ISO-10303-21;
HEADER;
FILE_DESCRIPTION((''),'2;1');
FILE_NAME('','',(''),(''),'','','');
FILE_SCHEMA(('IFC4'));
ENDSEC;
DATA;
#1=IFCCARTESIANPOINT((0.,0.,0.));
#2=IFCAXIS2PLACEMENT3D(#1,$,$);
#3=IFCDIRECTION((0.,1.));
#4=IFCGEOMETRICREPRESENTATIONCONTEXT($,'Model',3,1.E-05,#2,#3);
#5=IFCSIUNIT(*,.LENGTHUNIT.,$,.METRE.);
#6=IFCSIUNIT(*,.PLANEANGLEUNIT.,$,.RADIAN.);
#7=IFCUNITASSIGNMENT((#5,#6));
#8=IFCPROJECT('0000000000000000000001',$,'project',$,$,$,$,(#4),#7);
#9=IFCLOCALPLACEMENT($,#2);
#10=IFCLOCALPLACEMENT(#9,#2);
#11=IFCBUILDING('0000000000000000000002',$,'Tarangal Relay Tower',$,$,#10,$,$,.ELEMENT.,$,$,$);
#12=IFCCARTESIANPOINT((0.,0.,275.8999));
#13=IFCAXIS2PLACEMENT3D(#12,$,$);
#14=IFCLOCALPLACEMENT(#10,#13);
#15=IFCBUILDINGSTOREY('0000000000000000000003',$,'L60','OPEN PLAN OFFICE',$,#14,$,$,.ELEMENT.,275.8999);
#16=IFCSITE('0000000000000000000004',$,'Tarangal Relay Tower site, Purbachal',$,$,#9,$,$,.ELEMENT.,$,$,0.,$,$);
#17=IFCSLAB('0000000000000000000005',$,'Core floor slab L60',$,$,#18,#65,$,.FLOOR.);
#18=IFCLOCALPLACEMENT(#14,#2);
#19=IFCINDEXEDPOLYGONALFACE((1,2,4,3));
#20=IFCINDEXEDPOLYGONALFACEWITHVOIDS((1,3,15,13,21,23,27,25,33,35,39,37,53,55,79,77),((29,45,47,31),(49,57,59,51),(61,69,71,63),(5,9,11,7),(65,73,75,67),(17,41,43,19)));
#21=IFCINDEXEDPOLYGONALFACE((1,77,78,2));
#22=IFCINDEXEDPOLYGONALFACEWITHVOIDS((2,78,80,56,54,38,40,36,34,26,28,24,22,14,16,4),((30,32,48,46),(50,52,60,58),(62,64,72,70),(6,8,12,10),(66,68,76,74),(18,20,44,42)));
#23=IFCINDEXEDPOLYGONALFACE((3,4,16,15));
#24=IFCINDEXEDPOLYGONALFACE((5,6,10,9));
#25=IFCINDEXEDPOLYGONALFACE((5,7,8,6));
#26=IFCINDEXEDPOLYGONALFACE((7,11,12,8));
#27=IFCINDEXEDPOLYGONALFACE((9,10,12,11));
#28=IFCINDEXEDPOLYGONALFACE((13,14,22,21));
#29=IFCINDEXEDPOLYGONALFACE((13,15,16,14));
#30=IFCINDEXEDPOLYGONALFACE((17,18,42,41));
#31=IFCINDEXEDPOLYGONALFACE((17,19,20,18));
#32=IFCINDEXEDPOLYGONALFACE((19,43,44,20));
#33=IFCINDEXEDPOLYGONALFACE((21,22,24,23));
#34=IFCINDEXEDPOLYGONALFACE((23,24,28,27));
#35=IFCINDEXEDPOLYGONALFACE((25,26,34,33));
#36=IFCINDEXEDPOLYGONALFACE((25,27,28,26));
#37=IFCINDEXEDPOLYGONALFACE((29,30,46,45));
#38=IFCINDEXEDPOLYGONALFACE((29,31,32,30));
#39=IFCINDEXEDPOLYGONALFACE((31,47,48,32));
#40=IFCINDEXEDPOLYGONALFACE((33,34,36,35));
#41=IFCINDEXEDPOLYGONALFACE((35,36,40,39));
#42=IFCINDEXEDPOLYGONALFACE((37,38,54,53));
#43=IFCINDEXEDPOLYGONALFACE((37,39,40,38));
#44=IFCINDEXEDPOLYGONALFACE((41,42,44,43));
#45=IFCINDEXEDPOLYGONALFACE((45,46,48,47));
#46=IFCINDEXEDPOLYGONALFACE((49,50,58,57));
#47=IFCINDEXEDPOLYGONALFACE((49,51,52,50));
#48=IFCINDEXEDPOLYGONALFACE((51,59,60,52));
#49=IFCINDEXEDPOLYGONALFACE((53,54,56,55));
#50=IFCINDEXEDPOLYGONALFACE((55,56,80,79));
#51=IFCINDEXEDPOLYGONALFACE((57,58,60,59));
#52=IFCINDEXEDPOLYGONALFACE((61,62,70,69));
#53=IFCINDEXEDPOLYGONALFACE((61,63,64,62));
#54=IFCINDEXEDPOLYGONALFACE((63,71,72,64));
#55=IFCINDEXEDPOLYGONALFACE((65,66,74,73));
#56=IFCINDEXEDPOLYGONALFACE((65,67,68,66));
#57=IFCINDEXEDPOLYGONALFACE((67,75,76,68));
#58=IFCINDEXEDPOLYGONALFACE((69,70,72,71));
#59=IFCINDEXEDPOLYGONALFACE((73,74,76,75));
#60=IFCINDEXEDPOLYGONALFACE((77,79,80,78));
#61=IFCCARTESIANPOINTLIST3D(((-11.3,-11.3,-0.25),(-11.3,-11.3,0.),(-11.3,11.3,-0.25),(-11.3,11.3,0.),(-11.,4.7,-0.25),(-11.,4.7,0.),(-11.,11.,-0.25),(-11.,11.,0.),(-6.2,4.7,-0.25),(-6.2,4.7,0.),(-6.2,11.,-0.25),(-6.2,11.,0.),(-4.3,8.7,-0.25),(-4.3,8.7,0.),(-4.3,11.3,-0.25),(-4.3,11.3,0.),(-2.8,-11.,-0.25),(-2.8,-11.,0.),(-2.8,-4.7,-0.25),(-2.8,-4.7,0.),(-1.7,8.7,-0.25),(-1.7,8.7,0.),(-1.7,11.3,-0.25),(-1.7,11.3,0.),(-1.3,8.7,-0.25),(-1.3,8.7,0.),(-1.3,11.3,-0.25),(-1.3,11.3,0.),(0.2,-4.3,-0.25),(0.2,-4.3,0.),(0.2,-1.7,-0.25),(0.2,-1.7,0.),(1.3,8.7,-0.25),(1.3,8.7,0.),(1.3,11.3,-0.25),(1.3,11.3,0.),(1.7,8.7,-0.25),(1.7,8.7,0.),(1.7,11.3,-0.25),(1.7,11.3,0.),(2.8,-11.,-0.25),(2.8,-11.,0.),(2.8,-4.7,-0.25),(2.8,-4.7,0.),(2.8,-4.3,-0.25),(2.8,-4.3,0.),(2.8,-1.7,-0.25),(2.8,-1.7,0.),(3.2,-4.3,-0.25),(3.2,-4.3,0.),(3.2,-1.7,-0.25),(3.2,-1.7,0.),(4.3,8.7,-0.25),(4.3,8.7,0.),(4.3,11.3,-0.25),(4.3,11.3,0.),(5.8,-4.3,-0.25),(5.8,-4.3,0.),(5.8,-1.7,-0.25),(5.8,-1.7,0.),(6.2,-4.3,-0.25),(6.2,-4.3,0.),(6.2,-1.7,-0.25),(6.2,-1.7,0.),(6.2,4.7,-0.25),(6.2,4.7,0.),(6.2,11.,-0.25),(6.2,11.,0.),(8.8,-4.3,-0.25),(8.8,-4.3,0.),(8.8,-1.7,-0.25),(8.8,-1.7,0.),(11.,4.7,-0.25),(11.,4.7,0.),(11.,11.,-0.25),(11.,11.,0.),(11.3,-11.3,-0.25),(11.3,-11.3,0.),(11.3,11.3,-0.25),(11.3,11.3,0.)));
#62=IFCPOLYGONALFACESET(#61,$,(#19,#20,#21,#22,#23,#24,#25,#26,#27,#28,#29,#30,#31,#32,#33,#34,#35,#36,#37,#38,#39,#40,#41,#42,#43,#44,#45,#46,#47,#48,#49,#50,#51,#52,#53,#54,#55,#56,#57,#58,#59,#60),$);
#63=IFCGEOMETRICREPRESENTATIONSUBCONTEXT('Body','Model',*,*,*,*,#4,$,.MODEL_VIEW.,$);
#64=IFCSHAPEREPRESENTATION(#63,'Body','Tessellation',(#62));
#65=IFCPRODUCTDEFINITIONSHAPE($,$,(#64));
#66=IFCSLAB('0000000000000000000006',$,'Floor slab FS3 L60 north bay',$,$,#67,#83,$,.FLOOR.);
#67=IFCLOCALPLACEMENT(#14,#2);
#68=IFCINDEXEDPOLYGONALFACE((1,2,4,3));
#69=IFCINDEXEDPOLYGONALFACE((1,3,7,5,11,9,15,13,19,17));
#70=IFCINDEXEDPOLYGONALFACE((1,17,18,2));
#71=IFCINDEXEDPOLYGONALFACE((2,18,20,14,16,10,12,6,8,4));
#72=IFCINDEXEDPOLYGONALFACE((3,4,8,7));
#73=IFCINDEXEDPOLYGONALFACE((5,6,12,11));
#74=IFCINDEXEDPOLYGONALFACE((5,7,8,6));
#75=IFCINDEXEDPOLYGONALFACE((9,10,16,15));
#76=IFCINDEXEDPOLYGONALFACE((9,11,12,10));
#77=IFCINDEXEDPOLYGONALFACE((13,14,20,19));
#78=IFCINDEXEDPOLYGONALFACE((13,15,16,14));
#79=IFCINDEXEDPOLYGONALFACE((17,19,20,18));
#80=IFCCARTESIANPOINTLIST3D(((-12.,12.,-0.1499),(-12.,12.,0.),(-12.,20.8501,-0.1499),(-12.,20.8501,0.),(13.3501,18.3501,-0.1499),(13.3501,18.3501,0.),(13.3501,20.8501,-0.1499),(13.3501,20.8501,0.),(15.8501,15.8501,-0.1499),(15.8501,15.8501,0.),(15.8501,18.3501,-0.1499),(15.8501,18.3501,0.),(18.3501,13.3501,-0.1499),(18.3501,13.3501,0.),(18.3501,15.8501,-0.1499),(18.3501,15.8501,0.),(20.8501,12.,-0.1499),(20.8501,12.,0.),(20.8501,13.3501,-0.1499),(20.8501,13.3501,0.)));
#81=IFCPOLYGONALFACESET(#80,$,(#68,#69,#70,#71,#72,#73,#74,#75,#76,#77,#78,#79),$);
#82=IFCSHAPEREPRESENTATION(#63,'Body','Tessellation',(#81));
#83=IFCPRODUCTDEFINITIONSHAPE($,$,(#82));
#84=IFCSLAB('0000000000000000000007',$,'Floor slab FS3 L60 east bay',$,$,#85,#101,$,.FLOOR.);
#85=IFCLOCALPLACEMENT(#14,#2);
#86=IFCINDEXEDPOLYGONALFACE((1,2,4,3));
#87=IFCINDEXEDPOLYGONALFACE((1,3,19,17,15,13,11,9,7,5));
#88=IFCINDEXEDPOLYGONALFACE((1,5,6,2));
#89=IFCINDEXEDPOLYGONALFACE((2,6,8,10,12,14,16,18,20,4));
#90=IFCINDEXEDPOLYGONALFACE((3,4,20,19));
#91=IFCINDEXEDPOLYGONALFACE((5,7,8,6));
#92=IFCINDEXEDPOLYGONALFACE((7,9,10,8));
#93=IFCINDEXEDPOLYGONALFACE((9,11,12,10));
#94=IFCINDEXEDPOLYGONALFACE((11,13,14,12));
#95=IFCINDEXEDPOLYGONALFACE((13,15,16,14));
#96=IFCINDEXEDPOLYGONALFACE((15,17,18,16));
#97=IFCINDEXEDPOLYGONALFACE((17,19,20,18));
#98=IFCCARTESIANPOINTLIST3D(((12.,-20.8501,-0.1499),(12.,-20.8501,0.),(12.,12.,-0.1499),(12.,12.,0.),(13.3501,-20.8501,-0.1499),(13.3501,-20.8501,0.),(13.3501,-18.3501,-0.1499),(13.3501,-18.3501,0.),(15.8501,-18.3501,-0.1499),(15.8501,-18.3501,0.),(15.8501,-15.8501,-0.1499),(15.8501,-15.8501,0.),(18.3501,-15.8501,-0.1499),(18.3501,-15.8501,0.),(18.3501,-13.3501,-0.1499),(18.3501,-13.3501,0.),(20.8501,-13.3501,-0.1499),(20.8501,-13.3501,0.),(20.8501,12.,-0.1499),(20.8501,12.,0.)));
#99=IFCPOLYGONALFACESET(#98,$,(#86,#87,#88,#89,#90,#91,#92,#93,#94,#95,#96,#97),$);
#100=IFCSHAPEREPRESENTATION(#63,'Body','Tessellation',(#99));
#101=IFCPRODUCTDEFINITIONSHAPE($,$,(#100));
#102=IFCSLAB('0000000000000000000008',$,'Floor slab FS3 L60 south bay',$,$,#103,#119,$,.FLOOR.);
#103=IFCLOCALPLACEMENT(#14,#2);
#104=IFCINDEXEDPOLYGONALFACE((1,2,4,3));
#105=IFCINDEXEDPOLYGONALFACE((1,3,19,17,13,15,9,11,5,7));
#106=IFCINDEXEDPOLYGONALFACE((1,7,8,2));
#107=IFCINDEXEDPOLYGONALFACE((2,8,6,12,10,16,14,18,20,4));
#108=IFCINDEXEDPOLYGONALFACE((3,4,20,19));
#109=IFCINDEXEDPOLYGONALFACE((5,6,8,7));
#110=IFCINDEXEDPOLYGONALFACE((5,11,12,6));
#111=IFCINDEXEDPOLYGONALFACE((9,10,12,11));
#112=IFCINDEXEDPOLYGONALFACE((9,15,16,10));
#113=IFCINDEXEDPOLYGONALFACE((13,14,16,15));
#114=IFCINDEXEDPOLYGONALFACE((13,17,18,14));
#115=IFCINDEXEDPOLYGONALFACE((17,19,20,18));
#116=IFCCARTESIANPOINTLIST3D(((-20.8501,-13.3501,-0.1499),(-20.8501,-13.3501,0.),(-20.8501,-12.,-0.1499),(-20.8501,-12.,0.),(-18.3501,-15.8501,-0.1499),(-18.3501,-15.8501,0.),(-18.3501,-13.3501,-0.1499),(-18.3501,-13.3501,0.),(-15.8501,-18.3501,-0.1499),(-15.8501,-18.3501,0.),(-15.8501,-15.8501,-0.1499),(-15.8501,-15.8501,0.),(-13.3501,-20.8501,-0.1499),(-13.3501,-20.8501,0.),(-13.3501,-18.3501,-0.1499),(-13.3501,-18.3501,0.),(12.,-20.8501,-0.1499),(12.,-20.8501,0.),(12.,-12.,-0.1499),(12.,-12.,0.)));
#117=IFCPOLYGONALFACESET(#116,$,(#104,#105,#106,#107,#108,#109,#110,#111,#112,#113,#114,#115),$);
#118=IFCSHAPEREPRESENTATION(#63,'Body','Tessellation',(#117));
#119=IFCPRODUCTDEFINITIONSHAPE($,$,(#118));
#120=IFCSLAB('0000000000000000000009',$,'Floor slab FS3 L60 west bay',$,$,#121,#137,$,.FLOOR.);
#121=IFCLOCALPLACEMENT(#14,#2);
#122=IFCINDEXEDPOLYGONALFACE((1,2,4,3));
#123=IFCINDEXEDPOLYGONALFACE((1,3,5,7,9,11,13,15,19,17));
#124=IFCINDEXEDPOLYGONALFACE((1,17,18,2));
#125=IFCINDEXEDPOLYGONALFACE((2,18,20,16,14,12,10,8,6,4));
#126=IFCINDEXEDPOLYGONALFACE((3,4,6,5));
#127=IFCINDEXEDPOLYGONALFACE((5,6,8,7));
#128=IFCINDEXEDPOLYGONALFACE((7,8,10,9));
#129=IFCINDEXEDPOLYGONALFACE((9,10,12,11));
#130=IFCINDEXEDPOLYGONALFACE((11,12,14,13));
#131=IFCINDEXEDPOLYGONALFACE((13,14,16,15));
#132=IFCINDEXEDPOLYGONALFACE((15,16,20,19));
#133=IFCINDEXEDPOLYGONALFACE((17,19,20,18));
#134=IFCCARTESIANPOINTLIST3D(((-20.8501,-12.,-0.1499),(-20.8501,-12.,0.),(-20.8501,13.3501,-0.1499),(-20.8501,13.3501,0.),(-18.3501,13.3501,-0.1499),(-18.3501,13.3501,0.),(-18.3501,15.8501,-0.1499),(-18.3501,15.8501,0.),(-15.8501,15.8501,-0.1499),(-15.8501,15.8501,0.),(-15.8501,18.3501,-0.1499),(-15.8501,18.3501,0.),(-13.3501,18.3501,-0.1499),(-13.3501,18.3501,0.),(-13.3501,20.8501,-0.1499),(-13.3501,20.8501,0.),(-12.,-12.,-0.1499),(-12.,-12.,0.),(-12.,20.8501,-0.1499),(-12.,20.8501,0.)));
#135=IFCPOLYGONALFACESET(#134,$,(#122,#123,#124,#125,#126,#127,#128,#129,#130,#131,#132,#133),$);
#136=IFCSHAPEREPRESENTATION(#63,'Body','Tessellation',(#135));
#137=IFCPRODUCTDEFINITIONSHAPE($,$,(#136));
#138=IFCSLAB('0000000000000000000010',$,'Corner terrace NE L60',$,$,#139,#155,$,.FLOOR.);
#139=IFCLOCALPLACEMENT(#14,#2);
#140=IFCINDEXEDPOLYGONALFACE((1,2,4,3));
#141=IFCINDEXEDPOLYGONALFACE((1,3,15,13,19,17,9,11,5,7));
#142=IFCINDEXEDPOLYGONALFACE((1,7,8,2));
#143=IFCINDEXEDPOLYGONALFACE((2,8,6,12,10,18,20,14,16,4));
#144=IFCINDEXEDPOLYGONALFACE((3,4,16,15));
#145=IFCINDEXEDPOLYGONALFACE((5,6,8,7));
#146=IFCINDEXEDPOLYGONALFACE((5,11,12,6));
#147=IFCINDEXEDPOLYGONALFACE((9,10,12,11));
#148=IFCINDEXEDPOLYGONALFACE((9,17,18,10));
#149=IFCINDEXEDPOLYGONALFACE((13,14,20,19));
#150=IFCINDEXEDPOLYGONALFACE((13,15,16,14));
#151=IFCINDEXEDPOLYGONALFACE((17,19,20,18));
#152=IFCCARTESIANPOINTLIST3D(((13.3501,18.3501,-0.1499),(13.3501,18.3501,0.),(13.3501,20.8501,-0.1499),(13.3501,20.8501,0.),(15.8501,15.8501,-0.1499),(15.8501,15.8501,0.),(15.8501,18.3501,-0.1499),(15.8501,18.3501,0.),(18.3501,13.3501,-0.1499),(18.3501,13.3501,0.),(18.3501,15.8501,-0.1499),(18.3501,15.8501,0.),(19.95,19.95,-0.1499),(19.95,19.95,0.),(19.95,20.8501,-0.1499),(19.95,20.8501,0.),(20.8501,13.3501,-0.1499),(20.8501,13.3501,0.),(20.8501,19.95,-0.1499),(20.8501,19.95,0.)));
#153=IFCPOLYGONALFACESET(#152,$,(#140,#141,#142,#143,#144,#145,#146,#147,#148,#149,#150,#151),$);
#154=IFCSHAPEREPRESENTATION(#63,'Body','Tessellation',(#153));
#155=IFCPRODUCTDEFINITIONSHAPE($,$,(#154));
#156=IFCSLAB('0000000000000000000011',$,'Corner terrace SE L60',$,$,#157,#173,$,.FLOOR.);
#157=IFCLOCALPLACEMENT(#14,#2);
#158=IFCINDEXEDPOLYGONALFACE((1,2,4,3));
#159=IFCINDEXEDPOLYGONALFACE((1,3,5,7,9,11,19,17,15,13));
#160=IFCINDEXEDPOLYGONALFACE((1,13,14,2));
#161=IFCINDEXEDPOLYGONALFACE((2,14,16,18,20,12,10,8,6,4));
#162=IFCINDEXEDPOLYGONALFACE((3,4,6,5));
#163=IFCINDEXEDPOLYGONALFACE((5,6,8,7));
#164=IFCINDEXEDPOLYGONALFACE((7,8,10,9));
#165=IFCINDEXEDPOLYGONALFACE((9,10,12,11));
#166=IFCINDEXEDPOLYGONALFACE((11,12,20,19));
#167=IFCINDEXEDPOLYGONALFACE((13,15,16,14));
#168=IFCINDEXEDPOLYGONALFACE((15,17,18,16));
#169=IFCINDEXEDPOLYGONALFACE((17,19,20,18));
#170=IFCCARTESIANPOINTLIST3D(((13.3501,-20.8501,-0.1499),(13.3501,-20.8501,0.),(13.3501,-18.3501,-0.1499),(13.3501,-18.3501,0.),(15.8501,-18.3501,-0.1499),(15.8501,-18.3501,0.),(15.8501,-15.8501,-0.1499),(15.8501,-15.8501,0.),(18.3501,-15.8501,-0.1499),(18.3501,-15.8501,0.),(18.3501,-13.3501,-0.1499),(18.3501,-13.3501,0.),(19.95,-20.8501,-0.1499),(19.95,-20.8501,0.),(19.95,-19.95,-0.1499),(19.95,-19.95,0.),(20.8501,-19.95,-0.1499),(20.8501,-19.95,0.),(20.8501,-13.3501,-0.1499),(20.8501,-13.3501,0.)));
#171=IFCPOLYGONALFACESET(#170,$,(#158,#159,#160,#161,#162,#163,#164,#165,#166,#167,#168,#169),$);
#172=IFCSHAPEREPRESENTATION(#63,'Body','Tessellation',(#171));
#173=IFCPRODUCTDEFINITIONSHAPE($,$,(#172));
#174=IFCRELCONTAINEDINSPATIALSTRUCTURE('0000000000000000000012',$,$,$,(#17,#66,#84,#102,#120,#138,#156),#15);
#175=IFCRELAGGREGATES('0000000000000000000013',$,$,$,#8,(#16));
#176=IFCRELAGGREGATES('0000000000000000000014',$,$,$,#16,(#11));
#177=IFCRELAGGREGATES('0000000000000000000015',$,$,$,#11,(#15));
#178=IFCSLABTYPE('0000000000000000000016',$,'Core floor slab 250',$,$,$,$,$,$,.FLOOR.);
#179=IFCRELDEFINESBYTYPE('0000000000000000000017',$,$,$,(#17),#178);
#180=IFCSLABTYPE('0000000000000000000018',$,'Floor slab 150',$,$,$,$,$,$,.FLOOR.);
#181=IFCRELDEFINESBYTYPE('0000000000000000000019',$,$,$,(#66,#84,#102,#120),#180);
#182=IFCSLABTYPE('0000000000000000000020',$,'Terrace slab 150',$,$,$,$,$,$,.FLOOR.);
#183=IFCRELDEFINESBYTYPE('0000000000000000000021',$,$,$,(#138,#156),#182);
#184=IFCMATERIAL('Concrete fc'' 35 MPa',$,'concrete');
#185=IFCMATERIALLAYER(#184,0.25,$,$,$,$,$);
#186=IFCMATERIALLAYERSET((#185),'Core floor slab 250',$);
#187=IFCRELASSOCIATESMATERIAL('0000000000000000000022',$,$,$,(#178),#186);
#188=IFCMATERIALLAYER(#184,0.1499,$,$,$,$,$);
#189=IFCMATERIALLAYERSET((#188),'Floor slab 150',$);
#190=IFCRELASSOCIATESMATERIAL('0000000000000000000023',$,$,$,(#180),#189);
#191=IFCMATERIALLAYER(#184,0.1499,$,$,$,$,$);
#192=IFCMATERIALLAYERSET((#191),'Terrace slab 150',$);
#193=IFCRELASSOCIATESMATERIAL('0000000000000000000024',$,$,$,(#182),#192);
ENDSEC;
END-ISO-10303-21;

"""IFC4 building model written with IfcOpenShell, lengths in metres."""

from ifc_helpers import new_model, si_unit, direction, frame, origin, place, context, subcontext, project, spatial, polyline, outline, extrude, material, layer, layer_set, type_object, element, save


model = new_model("IFC4")

# Units and contexts
model_context = context("Model", 3, precision=1e-05, world=origin(), true_north=direction((0.0, 1.0)))
body_context = subcontext(model_context, "Body", "Model", "MODEL_VIEW")
ifc_project = project(units=[si_unit("LENGTHUNIT", "METRE"), si_unit("PLANEANGLEUNIT", "RADIAN")], contexts=[model_context])

# Site, building, storey
site_placement = place(None, origin())
site = spatial("IfcSite", under=ifc_project, at=site_placement, Name="Tarangal Relay Tower site, Purbachal", CompositionType="ELEMENT", RefElevation=0.0)
building_placement = place(site_placement, origin())
building = spatial("IfcBuilding", under=site, at=building_placement, Name="Tarangal Relay Tower", CompositionType="ELEMENT")
storey_placement = place(building_placement, frame((0.0, 0.0, 275.8999)))
storey = spatial("IfcBuildingStorey", under=building, at=storey_placement, Name="L60", Description="OPEN PLAN OFFICE", CompositionType="ELEMENT", Elevation=275.8999)

# Slabs
ifc_material_1 = material(Name="Concrete fc' 35 MPa", Category="concrete")
ifc_layer_1 = layer(ifc_material_1, 0.25)
ifc_layer_set_1 = layer_set([ifc_layer_1], Name="Core floor slab 250")
slab_type_1 = type_object("IfcSlabType", Name="Core floor slab 250", PredefinedType="FLOOR", material=ifc_layer_set_1)
slab_1_placement = place(storey_placement, frame((0.0, 0.0, -0.25)))
element("IfcSlab", 1, at=slab_1_placement, inside=storey, type_object=slab_type_1, Name="Core floor slab L60", PredefinedType="FLOOR", context=body_context, shape_type="SweptSolid", body=[
    extrude(outline(polyline([(11.3, 11.3), (11.3, -11.3), (-11.3, -11.3), (-11.3, 11.3), (-4.3, 11.3), (-4.3, 8.7), (-1.7, 8.7), (-1.7, 11.3), (-1.3, 11.3), (-1.3, 8.7), (1.3, 8.7), (1.3, 11.3), (1.7, 11.3), (1.7, 8.7), (4.3, 8.7), (4.3, 11.3), (11.3, 11.3)]), holes=[polyline([(2.8, -4.7), (-2.8, -4.7), (-2.8, -11.0), (2.8, -11.0), (2.8, -4.7)]), polyline([(2.8, -1.7), (0.2, -1.7), (0.2, -4.3), (2.8, -4.3), (2.8, -1.7)]), polyline([(5.8, -1.7), (3.2, -1.7), (3.2, -4.3), (5.8, -4.3), (5.8, -1.7)]), polyline([(8.8, -1.7), (6.2, -1.7), (6.2, -4.3), (8.8, -4.3), (8.8, -1.7)]), polyline([(-6.2, 11.0), (-11.0, 11.0), (-11.0, 4.7), (-6.2, 4.7), (-6.2, 11.0)]), polyline([(11.0, 11.0), (6.2, 11.0), (6.2, 4.7), (11.0, 4.7), (11.0, 11.0)])]), origin(), (0.0, 0.0, 1.0), 0.25),
])
ifc_layer_2 = layer(ifc_material_1, 0.1499)
ifc_layer_set_2 = layer_set([ifc_layer_2], Name="Floor slab 150")
slab_type_2 = type_object("IfcSlabType", Name="Floor slab 150", PredefinedType="FLOOR", material=ifc_layer_set_2)
slab_2_placement = place(storey_placement, frame((0.0, 0.0, -0.1499)))
element("IfcSlab", 2, at=slab_2_placement, inside=storey, type_object=slab_type_2, Name="Floor slab FS3 L60 north bay", PredefinedType="FLOOR", context=body_context, shape_type="SweptSolid", body=[
    extrude(outline(polyline([(13.3501, 20.8501), (13.3501, 18.3501), (15.8501, 18.3501), (15.8501, 15.8501), (18.3501, 15.8501), (18.3501, 13.3501), (20.8501, 13.3501), (20.8501, 12.0), (-12.0, 12.0), (-12.0, 20.8501), (13.3501, 20.8501)])), origin(), (0.0, 0.0, 1.0), 0.1499),
])
slab_3_placement = place(storey_placement, frame((0.0, 0.0, -0.1499)))
element("IfcSlab", 3, at=slab_3_placement, inside=storey, type_object=slab_type_2, Name="Floor slab FS3 L60 east bay", PredefinedType="FLOOR", context=body_context, shape_type="SweptSolid", body=[
    extrude(outline(polyline([(20.8501, -13.3501), (18.3501, -13.3501), (18.3501, -15.8501), (15.8501, -15.8501), (15.8501, -18.3501), (13.3501, -18.3501), (13.3501, -20.8501), (12.0, -20.8501), (12.0, 12.0), (20.8501, 12.0), (20.8501, -13.3501)])), origin(), (0.0, 0.0, 1.0), 0.1499),
])
slab_4_placement = place(storey_placement, frame((0.0, 0.0, -0.1499)))
element("IfcSlab", 4, at=slab_4_placement, inside=storey, type_object=slab_type_2, Name="Floor slab FS3 L60 south bay", PredefinedType="FLOOR", context=body_context, shape_type="SweptSolid", body=[
    extrude(outline(polyline([(-13.3501, -20.8501), (-13.3501, -18.3501), (-15.8501, -18.3501), (-15.8501, -15.8501), (-18.3501, -15.8501), (-18.3501, -13.3501), (-20.8501, -13.3501), (-20.8501, -12.0), (12.0, -12.0), (12.0, -20.8501), (-13.3501, -20.8501)])), origin(), (0.0, 0.0, 1.0), 0.1499),
])
slab_5_placement = place(storey_placement, frame((0.0, 0.0, -0.1499)))
element("IfcSlab", 5, at=slab_5_placement, inside=storey, type_object=slab_type_2, Name="Floor slab FS3 L60 west bay", PredefinedType="FLOOR", context=body_context, shape_type="SweptSolid", body=[
    extrude(outline(polyline([(-12.0, 20.8501), (-12.0, -12.0), (-20.8501, -12.0), (-20.8501, 13.3501), (-18.3501, 13.3501), (-18.3501, 15.8501), (-15.8501, 15.8501), (-15.8501, 18.3501), (-13.3501, 18.3501), (-13.3501, 20.8501), (-12.0, 20.8501)])), origin(), (0.0, 0.0, 1.0), 0.1499),
])
ifc_layer_3 = layer(ifc_material_1, 0.1499)
ifc_layer_set_3 = layer_set([ifc_layer_3], Name="Terrace slab 150")
slab_type_3 = type_object("IfcSlabType", Name="Terrace slab 150", PredefinedType="FLOOR", material=ifc_layer_set_3)
slab_6_placement = place(storey_placement, frame((0.0, 0.0, -0.1499)))
element("IfcSlab", 6, at=slab_6_placement, inside=storey, type_object=slab_type_3, Name="Corner terrace NE L60", PredefinedType="FLOOR", context=body_context, shape_type="SweptSolid", body=[
    extrude(outline(polyline([(13.3501, 20.8501), (13.3501, 18.3501), (15.8501, 18.3501), (15.8501, 15.8501), (18.3501, 15.8501), (18.3501, 13.3501), (20.8501, 13.3501), (20.8501, 19.95), (19.95, 19.95), (19.95, 20.8501), (13.3501, 20.8501)])), origin(), (0.0, 0.0, 1.0), 0.1499),
])
slab_7_placement = place(storey_placement, frame((0.0, 0.0, -0.1499)))
element("IfcSlab", 7, at=slab_7_placement, inside=storey, type_object=slab_type_3, Name="Corner terrace SE L60", PredefinedType="FLOOR", context=body_context, shape_type="SweptSolid", body=[
    extrude(outline(polyline([(20.8501, -13.3501), (18.3501, -13.3501), (18.3501, -15.8501), (15.8501, -15.8501), (15.8501, -18.3501), (13.3501, -18.3501), (13.3501, -20.8501), (19.95, -20.8501), (19.95, -19.95), (20.8501, -19.95), (20.8501, -13.3501)])), origin(), (0.0, 0.0, 1.0), 0.1499),
])

save(model, "model.ifc")
